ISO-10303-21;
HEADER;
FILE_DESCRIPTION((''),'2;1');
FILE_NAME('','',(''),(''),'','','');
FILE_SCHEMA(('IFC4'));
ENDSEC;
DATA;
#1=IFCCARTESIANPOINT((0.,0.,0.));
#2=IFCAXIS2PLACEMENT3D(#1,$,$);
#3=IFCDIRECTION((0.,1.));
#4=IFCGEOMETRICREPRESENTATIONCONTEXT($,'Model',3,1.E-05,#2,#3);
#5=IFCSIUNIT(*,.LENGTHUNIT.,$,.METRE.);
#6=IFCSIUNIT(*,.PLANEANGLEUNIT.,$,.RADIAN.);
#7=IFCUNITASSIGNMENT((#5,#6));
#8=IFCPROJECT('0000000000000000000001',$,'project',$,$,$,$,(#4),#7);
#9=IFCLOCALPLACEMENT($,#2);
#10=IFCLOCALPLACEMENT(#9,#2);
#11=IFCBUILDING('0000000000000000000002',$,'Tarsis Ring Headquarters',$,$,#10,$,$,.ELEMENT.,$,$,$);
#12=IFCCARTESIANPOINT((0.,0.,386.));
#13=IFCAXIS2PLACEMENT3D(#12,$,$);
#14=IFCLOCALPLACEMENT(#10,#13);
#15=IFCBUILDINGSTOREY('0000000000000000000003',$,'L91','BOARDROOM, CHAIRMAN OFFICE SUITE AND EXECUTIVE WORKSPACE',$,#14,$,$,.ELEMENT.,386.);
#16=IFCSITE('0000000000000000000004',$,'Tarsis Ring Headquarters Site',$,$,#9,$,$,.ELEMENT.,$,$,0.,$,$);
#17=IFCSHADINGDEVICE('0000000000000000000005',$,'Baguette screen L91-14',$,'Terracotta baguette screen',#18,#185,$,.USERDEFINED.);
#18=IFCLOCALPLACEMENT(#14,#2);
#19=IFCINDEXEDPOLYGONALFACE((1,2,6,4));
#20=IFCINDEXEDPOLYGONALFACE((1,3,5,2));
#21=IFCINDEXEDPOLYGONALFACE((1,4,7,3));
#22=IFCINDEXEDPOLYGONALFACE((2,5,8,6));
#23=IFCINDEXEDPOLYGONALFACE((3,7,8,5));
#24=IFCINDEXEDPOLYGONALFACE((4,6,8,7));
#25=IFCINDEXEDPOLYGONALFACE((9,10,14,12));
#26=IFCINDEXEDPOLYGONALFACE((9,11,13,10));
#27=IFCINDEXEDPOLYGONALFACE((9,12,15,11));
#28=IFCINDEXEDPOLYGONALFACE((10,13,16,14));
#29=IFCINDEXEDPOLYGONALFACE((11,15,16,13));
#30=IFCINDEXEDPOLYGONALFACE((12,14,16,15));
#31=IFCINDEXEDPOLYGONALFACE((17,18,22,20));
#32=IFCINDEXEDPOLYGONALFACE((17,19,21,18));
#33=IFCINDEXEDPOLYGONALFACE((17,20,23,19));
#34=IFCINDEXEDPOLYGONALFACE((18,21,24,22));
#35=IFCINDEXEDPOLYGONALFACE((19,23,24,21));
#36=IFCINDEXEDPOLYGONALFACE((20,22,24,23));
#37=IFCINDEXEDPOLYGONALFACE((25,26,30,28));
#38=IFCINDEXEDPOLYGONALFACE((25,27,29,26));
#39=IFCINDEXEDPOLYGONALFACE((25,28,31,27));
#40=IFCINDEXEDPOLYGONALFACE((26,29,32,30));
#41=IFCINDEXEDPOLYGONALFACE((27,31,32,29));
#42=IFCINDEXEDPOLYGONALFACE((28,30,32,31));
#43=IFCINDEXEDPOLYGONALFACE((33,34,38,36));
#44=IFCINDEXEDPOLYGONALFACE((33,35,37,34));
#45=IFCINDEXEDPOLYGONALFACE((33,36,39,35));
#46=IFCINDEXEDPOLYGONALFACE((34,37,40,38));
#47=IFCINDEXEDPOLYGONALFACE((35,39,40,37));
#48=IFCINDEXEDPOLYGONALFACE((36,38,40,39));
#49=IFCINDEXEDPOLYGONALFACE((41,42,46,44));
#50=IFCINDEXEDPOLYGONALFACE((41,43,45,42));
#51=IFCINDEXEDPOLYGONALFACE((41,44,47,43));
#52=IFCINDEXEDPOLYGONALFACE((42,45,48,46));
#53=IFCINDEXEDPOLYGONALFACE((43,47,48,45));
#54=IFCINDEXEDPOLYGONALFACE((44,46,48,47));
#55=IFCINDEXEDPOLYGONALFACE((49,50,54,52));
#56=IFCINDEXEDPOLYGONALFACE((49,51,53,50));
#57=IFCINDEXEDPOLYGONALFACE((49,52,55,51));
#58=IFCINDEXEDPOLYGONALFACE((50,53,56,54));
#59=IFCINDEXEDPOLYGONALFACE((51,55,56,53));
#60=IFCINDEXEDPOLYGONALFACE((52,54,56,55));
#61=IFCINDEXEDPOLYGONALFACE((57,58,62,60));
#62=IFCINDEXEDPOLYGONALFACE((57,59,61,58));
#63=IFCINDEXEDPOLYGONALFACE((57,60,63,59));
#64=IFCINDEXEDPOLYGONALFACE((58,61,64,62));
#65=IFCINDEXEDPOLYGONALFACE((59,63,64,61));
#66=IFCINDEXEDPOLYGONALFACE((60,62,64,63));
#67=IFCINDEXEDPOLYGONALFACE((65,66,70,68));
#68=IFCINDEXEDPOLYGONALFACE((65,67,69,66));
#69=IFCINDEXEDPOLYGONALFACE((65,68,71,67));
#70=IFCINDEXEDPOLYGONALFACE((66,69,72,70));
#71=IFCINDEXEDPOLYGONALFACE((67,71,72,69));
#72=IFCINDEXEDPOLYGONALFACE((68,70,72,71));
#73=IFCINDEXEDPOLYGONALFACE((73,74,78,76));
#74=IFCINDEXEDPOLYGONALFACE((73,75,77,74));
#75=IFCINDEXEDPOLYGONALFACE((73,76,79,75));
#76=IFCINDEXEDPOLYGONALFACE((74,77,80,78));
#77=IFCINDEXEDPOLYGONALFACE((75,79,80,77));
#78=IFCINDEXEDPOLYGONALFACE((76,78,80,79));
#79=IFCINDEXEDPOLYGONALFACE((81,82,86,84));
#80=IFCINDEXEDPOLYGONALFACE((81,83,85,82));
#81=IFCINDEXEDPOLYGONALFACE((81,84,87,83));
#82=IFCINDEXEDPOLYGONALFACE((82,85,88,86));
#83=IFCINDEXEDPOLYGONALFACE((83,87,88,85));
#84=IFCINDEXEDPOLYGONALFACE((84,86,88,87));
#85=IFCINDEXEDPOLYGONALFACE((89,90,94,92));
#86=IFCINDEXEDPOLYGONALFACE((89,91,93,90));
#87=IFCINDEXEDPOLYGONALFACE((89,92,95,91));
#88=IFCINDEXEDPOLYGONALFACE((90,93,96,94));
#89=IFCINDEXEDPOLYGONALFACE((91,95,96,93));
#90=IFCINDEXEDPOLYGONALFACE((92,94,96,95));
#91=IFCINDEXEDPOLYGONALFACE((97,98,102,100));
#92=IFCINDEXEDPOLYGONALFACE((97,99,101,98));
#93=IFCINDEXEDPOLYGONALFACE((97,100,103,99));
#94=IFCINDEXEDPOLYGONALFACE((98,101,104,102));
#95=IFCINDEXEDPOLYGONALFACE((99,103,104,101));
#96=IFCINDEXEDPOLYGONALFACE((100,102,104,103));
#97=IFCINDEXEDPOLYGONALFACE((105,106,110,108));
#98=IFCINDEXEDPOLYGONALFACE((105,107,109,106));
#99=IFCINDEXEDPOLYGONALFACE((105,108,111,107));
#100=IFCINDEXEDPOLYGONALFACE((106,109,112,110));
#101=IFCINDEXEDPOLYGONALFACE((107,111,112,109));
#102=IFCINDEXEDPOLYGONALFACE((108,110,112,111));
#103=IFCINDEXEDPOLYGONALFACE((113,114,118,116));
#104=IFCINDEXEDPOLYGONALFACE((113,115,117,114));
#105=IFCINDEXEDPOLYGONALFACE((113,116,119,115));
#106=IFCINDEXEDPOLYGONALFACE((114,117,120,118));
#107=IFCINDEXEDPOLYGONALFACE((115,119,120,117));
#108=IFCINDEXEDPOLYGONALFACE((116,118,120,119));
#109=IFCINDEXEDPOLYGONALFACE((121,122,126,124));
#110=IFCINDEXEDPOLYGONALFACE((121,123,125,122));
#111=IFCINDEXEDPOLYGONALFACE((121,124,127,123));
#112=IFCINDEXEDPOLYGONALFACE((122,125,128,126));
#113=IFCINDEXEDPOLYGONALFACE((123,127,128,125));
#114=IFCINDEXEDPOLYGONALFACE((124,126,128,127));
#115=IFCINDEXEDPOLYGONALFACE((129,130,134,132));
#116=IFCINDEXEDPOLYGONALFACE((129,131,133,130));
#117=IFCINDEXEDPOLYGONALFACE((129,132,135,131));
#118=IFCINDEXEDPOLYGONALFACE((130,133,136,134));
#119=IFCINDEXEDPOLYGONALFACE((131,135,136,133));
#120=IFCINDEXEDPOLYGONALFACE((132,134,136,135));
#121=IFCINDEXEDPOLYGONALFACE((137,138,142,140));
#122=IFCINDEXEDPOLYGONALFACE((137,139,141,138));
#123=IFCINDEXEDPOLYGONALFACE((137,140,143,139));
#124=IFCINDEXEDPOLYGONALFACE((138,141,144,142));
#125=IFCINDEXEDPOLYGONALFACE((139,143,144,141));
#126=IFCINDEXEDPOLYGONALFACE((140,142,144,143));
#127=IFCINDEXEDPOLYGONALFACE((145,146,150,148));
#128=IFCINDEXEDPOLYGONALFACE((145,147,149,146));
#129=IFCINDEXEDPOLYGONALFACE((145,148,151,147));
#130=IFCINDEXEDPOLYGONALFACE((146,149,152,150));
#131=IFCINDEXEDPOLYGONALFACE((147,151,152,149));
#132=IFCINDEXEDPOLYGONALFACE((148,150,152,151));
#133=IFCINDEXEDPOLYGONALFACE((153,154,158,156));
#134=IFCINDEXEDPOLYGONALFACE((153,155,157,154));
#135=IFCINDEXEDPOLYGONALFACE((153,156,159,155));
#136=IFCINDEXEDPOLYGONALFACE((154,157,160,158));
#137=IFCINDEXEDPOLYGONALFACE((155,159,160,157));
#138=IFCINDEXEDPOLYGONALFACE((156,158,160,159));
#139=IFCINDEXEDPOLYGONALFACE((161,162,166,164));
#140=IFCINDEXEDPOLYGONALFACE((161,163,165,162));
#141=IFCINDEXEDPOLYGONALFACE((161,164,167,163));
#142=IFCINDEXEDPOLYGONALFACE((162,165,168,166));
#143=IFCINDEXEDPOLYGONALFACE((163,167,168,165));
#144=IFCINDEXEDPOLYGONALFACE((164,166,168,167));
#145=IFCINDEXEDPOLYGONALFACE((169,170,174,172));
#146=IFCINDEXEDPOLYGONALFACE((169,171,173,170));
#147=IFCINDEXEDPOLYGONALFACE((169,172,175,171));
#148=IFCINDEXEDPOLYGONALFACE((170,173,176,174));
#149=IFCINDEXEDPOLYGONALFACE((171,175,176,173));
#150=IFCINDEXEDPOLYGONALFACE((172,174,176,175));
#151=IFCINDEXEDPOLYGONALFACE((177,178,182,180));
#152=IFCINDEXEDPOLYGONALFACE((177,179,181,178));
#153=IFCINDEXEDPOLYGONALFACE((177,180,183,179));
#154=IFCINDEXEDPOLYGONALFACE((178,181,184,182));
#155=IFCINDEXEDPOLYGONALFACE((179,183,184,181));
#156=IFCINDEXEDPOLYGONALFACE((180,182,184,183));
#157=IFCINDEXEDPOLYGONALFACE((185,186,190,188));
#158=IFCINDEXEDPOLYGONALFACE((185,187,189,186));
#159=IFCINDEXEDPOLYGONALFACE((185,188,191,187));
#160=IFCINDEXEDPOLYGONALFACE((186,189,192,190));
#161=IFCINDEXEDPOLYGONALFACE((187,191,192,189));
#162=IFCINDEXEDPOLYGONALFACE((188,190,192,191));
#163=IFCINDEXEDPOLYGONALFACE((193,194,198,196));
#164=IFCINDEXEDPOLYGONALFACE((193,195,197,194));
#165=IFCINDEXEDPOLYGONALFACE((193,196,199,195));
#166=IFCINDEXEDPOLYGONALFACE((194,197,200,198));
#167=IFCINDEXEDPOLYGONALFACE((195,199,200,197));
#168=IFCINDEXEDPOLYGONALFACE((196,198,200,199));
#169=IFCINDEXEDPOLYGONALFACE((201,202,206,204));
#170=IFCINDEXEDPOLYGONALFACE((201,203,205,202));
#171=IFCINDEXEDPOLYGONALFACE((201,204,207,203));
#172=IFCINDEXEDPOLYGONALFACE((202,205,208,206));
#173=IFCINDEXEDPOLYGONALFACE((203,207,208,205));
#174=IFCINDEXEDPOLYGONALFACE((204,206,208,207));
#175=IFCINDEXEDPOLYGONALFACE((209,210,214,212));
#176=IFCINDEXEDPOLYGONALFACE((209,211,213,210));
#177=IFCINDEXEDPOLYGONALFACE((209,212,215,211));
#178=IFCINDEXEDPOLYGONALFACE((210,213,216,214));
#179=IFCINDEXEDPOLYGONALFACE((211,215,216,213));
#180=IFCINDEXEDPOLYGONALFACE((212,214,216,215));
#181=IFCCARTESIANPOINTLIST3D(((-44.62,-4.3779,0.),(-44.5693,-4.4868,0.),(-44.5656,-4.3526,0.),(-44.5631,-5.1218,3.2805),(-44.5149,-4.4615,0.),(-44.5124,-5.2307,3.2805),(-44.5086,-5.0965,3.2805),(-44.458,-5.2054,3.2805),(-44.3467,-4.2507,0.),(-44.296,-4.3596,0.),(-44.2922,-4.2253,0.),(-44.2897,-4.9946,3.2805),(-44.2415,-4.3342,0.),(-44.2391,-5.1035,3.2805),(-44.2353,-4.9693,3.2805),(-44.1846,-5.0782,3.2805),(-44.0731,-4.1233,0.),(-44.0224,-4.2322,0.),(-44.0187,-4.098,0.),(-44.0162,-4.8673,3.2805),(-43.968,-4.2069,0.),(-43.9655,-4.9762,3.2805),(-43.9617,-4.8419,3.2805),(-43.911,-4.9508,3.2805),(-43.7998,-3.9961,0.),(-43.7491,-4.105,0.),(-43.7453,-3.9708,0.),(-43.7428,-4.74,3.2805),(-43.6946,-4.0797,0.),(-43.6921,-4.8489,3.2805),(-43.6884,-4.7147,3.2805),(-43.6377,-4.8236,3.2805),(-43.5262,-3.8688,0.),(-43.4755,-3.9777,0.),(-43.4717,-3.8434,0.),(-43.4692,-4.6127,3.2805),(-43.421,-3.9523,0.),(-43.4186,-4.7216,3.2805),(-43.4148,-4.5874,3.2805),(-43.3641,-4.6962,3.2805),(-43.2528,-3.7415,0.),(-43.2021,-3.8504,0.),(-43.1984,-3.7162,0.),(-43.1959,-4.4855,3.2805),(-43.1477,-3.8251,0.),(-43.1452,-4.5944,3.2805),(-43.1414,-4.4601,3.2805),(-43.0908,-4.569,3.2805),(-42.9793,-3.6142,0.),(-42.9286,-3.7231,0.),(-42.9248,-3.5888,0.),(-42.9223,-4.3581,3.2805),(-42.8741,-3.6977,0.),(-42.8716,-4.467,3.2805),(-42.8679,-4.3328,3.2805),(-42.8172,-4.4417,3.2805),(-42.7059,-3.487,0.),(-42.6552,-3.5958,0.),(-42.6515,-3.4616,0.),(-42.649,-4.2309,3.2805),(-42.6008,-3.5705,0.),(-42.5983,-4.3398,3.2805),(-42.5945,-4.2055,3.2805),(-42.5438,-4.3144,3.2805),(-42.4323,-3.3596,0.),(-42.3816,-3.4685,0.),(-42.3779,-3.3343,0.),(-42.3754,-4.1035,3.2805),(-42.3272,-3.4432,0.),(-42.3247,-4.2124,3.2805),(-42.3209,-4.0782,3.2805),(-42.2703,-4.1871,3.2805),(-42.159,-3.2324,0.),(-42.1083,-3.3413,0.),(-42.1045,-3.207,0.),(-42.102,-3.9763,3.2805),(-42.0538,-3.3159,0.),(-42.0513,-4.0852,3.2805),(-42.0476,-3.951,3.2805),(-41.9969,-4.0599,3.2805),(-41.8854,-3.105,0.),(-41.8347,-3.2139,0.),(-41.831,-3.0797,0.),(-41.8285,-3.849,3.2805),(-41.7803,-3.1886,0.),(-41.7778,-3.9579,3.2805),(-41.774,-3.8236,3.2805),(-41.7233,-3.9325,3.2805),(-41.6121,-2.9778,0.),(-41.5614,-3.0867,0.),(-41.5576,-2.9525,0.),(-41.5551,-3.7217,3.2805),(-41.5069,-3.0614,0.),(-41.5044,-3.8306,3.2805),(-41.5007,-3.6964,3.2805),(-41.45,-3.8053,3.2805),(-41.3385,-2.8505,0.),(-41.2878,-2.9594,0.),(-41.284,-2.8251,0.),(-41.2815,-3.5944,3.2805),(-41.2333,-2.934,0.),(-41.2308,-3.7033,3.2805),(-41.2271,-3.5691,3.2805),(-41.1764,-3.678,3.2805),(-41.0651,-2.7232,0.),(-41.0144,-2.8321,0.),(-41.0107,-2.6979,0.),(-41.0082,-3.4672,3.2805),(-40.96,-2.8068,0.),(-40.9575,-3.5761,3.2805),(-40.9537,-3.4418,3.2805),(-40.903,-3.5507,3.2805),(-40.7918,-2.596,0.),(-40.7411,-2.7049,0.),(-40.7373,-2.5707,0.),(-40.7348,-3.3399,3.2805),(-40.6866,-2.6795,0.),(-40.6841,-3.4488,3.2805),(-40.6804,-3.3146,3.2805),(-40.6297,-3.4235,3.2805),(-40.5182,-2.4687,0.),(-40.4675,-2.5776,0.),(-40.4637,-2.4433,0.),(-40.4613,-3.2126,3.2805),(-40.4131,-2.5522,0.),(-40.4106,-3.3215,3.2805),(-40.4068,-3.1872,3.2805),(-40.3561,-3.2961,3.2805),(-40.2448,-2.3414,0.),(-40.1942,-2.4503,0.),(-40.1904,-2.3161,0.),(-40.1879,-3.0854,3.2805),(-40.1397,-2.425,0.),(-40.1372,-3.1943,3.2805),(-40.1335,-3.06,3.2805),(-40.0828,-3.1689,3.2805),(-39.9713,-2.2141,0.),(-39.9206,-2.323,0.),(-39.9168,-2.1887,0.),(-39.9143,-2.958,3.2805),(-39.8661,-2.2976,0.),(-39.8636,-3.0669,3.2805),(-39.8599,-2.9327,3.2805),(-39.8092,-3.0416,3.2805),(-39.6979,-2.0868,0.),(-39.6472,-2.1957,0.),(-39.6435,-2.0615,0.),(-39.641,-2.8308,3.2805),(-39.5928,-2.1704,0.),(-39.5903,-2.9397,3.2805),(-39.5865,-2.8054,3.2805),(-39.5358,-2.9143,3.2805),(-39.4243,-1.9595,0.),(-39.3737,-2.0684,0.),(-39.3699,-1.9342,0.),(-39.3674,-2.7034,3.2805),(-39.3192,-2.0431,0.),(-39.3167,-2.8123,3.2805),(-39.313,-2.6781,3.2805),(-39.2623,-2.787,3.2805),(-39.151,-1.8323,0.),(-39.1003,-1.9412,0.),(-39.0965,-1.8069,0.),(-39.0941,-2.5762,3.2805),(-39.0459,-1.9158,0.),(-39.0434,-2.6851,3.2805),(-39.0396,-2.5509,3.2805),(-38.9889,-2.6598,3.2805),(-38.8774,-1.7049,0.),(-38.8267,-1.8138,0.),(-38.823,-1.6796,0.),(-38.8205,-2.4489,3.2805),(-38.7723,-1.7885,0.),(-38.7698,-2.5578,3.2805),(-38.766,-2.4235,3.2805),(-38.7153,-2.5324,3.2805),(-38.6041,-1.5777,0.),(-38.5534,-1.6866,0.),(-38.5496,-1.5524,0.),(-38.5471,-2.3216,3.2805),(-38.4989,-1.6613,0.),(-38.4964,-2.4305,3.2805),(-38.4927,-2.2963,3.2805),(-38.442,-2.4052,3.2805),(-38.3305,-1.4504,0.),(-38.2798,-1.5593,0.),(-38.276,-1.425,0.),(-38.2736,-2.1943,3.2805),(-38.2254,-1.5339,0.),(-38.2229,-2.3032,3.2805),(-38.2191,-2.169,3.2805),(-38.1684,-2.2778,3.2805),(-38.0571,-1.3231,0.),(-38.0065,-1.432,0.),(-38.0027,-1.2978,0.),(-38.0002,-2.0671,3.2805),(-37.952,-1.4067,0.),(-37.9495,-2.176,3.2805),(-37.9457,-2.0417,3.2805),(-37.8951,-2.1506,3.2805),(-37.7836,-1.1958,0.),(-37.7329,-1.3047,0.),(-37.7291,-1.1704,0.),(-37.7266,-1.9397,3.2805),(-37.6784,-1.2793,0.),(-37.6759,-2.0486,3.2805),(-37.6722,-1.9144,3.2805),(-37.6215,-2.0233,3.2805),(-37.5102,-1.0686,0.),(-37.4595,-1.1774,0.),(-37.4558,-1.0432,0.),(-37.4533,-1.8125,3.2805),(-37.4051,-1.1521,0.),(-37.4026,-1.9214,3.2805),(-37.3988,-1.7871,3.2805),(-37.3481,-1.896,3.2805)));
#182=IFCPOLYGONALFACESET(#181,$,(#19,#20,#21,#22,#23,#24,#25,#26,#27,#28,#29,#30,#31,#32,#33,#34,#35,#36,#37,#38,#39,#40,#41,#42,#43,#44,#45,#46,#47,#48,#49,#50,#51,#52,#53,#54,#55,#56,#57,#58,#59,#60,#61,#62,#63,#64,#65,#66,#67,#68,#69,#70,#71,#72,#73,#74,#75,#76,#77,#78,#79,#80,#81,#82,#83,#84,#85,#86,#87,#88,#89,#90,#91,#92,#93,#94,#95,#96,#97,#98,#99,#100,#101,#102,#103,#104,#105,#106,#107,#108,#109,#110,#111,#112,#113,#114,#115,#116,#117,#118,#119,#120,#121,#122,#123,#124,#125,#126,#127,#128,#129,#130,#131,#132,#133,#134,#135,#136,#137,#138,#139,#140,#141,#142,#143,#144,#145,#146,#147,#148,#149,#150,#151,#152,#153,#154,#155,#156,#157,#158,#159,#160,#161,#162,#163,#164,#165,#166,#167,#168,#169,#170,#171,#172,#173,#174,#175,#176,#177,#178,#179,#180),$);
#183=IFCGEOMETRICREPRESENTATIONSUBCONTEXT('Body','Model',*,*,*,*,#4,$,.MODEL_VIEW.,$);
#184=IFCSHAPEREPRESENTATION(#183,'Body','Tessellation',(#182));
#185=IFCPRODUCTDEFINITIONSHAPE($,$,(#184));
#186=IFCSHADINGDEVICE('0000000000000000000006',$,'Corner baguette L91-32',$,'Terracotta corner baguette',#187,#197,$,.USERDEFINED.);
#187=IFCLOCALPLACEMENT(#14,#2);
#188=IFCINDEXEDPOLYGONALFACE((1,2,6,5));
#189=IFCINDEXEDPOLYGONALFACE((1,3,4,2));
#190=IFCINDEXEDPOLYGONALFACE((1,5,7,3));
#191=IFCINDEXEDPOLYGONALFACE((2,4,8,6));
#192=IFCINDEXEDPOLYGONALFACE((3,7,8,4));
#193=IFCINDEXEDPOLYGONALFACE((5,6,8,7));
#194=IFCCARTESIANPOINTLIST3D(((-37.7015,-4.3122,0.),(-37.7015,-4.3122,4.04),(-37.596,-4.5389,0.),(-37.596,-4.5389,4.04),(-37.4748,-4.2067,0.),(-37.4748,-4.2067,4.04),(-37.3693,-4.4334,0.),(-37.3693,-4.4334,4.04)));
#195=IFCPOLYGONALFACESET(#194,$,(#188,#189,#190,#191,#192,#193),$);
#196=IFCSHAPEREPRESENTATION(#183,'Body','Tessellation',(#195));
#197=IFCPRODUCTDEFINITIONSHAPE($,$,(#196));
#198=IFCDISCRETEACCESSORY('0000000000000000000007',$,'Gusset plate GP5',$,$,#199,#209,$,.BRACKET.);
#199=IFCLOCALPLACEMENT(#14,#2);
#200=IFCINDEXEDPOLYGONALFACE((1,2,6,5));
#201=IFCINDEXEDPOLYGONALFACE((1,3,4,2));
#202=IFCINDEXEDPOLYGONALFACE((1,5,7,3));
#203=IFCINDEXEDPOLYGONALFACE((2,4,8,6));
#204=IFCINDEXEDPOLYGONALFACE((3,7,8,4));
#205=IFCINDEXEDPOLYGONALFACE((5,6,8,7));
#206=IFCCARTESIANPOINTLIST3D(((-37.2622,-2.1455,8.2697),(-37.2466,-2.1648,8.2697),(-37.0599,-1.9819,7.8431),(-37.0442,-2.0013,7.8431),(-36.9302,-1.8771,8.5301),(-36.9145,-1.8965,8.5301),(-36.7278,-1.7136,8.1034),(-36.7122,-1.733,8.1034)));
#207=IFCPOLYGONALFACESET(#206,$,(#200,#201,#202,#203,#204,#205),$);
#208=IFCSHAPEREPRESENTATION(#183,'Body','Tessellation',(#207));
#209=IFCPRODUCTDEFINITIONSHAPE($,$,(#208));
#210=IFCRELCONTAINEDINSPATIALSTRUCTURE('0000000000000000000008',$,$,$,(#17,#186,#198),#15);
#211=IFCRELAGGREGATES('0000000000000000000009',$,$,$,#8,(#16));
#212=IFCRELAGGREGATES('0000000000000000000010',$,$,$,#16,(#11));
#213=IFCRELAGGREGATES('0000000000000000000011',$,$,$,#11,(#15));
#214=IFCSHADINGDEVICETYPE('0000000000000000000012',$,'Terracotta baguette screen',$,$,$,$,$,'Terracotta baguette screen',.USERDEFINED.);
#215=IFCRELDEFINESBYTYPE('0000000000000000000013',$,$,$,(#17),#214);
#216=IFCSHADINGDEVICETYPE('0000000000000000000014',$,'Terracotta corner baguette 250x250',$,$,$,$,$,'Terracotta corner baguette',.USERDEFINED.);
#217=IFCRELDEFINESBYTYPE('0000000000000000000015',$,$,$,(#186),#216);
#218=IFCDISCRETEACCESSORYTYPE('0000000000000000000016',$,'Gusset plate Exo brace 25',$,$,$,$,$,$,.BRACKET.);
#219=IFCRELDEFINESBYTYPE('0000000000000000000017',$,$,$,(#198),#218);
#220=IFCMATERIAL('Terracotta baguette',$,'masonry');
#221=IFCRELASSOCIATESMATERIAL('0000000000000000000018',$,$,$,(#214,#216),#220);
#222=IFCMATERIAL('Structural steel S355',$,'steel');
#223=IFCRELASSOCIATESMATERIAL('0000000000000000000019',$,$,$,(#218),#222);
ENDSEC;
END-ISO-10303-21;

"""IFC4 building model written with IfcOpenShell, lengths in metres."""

from ifc_helpers import new_model, si_unit, direction, frame, frame_2d, origin, origin_2d, place, context, subcontext, project, spatial, rectangle, composite_profile, extrude, material, material_profile, profile_set, type_object, element, save


model = new_model("IFC4")

# Units and contexts
model_context = context("Model", 3, precision=1e-05, world=origin(), true_north=direction((0.0, 1.0)))
body_context = subcontext(model_context, "Body", "Model", "MODEL_VIEW")
ifc_project = project(units=[si_unit("LENGTHUNIT", "METRE"), si_unit("PLANEANGLEUNIT", "RADIAN")], contexts=[model_context])

# Site, building, storey
site_placement = place(None, origin())
site = spatial("IfcSite", under=ifc_project, at=site_placement, Name="Tarsis Ring Headquarters Site", CompositionType="ELEMENT", RefElevation=0.0)
building_placement = place(site_placement, origin())
building = spatial("IfcBuilding", under=site, at=building_placement, Name="Tarsis Ring Headquarters", CompositionType="ELEMENT")
storey_placement = place(building_placement, frame((0.0, 0.0, 386.0)))
storey = spatial("IfcBuildingStorey", under=building, at=storey_placement, Name="L91", Description="BOARDROOM, CHAIRMAN OFFICE SUITE AND EXECUTIVE WORKSPACE", CompositionType="ELEMENT", Elevation=386.0)

# Shared definitions
ifc_material_1 = material(Name="Structural steel S355", Category="steel")

# Shading devices
ifc_material_2 = material(Name="Terracotta baguette", Category="masonry")
shading_device_type_1 = type_object("IfcShadingDeviceType", Name="Terracotta baguette screen", ElementType="Terracotta baguette screen", PredefinedType="USERDEFINED", material=ifc_material_2)
shading_device_1_placement = place(storey_placement, frame((-37.4304, -1.0977, 0.0), z_axis=(0.0, 0.0, 1.0), x_axis=(-0.906605, -0.421991, 0.0)))
element("IfcShadingDevice", 1, at=shading_device_1_placement, inside=storey, type_object=shading_device_type_1, Name="Baguette screen L91-14", ObjectType="Terracotta baguette screen", PredefinedType="USERDEFINED", context=body_context, shape_type="SweptSolid", body=[
    extrude(composite_profile([rectangle(XDim=0.0601, YDim=0.1201, at=frame_2d((0.03, 0.0))), rectangle(XDim=0.0601, YDim=0.1201, at=frame_2d((0.3315, 0.0))), rectangle(XDim=0.0601, YDim=0.1201, at=frame_2d((0.6333, 0.0))), rectangle(XDim=0.0601, YDim=0.1201, at=frame_2d((0.9348, 0.0))), rectangle(XDim=0.0601, YDim=0.1201, at=frame_2d((1.2366, 0.0))), rectangle(XDim=0.0601, YDim=0.1201, at=frame_2d((1.5381, 0.0))), rectangle(XDim=0.0601, YDim=0.1201, at=frame_2d((1.8398, 0.0))), rectangle(XDim=0.0601, YDim=0.1201, at=frame_2d((2.1414, 0.0))), rectangle(XDim=0.0601, YDim=0.1201, at=frame_2d((2.4431, 0.0))), rectangle(XDim=0.0601, YDim=0.1201, at=frame_2d((2.7446, 0.0))), rectangle(XDim=0.0601, YDim=0.1201, at=frame_2d((3.0464, 0.0))), rectangle(XDim=0.0601, YDim=0.1201, at=frame_2d((3.3479, 0.0))), rectangle(XDim=0.0601, YDim=0.1201, at=frame_2d((3.6497, 0.0))), rectangle(XDim=0.0601, YDim=0.1201, at=frame_2d((3.9512, 0.0))), rectangle(XDim=0.0601, YDim=0.1201, at=frame_2d((4.2527, 0.0))), rectangle(XDim=0.0601, YDim=0.1201, at=frame_2d((4.5544, 0.0))), rectangle(XDim=0.0601, YDim=0.1201, at=frame_2d((4.856, 0.0))), rectangle(XDim=0.0601, YDim=0.1201, at=frame_2d((5.1577, 0.0))), rectangle(XDim=0.0601, YDim=0.1201, at=frame_2d((5.4592, 0.0))), rectangle(XDim=0.0601, YDim=0.1201, at=frame_2d((5.761, 0.0))), rectangle(XDim=0.0601, YDim=0.1201, at=frame_2d((6.0625, 0.0))), rectangle(XDim=0.0601, YDim=0.1201, at=frame_2d((6.3643, 0.0))), rectangle(XDim=0.0601, YDim=0.1201, at=frame_2d((6.6658, 0.0))), rectangle(XDim=0.0601, YDim=0.1201, at=frame_2d((6.9675, 0.0))), rectangle(XDim=0.0601, YDim=0.1201, at=frame_2d((7.269, 0.0))), rectangle(XDim=0.0601, YDim=0.1201, at=frame_2d((7.5708, 0.0))), rectangle(XDim=0.0601, YDim=0.1201, at=frame_2d((7.8723, 0.0)))]), origin(), (0.07797, 0.207618, 0.975098), 3.3643),
])
shading_device_type_2 = type_object("IfcShadingDeviceType", Name="Terracotta corner baguette 250x250", ElementType="Terracotta corner baguette", PredefinedType="USERDEFINED", material=ifc_material_2)
shading_device_2_placement = place(storey_placement, frame((-37.5354, -4.3728, 0.0), z_axis=(0.0, 0.0, 1.0), x_axis=(-0.906603, -0.421985, 0.0)))
element("IfcShadingDevice", 2, at=shading_device_2_placement, inside=storey, type_object=shading_device_type_2, Name="Corner baguette L91-32", ObjectType="Terracotta corner baguette", PredefinedType="USERDEFINED", context=body_context, shape_type="SweptSolid", body=[
    extrude(rectangle(XDim=0.25, YDim=0.25, at=origin_2d()), origin(), (0.0, 0.0, 1.0), 4.04),
])

# Discrete accessory
ifc_material_profile_1 = material_profile(ifc_material_1, rectangle(XDim=0.0249, YDim=0.5, at=origin_2d()), Name="PL 25x500")
ifc_profile_set_1 = profile_set([ifc_material_profile_1], Name="Structural steel S355")
discrete_accessory_type = type_object("IfcDiscreteAccessoryType", Name="Gusset plate Exo brace 25", PredefinedType="BRACKET", material=ifc_profile_set_1)
discrete_accessory_placement = place(storey_placement, frame((-37.0884, -2.021, 8.3999), z_axis=(0.404914, 0.327252, -0.853786), x_axis=(-0.628577, 0.777747, 0.0)))
element("IfcDiscreteAccessory", 3, at=discrete_accessory_placement, inside=storey, type_object=discrete_accessory_type, Name="Gusset plate GP5", PredefinedType="BRACKET", context=body_context, shape_type="SweptSolid", body=[
    extrude(rectangle(XDim=0.0249, YDim=0.5, at=origin_2d()), origin(), (0.0, 0.0, 1.0), 0.4998),
])

save(model, "model.ifc")
